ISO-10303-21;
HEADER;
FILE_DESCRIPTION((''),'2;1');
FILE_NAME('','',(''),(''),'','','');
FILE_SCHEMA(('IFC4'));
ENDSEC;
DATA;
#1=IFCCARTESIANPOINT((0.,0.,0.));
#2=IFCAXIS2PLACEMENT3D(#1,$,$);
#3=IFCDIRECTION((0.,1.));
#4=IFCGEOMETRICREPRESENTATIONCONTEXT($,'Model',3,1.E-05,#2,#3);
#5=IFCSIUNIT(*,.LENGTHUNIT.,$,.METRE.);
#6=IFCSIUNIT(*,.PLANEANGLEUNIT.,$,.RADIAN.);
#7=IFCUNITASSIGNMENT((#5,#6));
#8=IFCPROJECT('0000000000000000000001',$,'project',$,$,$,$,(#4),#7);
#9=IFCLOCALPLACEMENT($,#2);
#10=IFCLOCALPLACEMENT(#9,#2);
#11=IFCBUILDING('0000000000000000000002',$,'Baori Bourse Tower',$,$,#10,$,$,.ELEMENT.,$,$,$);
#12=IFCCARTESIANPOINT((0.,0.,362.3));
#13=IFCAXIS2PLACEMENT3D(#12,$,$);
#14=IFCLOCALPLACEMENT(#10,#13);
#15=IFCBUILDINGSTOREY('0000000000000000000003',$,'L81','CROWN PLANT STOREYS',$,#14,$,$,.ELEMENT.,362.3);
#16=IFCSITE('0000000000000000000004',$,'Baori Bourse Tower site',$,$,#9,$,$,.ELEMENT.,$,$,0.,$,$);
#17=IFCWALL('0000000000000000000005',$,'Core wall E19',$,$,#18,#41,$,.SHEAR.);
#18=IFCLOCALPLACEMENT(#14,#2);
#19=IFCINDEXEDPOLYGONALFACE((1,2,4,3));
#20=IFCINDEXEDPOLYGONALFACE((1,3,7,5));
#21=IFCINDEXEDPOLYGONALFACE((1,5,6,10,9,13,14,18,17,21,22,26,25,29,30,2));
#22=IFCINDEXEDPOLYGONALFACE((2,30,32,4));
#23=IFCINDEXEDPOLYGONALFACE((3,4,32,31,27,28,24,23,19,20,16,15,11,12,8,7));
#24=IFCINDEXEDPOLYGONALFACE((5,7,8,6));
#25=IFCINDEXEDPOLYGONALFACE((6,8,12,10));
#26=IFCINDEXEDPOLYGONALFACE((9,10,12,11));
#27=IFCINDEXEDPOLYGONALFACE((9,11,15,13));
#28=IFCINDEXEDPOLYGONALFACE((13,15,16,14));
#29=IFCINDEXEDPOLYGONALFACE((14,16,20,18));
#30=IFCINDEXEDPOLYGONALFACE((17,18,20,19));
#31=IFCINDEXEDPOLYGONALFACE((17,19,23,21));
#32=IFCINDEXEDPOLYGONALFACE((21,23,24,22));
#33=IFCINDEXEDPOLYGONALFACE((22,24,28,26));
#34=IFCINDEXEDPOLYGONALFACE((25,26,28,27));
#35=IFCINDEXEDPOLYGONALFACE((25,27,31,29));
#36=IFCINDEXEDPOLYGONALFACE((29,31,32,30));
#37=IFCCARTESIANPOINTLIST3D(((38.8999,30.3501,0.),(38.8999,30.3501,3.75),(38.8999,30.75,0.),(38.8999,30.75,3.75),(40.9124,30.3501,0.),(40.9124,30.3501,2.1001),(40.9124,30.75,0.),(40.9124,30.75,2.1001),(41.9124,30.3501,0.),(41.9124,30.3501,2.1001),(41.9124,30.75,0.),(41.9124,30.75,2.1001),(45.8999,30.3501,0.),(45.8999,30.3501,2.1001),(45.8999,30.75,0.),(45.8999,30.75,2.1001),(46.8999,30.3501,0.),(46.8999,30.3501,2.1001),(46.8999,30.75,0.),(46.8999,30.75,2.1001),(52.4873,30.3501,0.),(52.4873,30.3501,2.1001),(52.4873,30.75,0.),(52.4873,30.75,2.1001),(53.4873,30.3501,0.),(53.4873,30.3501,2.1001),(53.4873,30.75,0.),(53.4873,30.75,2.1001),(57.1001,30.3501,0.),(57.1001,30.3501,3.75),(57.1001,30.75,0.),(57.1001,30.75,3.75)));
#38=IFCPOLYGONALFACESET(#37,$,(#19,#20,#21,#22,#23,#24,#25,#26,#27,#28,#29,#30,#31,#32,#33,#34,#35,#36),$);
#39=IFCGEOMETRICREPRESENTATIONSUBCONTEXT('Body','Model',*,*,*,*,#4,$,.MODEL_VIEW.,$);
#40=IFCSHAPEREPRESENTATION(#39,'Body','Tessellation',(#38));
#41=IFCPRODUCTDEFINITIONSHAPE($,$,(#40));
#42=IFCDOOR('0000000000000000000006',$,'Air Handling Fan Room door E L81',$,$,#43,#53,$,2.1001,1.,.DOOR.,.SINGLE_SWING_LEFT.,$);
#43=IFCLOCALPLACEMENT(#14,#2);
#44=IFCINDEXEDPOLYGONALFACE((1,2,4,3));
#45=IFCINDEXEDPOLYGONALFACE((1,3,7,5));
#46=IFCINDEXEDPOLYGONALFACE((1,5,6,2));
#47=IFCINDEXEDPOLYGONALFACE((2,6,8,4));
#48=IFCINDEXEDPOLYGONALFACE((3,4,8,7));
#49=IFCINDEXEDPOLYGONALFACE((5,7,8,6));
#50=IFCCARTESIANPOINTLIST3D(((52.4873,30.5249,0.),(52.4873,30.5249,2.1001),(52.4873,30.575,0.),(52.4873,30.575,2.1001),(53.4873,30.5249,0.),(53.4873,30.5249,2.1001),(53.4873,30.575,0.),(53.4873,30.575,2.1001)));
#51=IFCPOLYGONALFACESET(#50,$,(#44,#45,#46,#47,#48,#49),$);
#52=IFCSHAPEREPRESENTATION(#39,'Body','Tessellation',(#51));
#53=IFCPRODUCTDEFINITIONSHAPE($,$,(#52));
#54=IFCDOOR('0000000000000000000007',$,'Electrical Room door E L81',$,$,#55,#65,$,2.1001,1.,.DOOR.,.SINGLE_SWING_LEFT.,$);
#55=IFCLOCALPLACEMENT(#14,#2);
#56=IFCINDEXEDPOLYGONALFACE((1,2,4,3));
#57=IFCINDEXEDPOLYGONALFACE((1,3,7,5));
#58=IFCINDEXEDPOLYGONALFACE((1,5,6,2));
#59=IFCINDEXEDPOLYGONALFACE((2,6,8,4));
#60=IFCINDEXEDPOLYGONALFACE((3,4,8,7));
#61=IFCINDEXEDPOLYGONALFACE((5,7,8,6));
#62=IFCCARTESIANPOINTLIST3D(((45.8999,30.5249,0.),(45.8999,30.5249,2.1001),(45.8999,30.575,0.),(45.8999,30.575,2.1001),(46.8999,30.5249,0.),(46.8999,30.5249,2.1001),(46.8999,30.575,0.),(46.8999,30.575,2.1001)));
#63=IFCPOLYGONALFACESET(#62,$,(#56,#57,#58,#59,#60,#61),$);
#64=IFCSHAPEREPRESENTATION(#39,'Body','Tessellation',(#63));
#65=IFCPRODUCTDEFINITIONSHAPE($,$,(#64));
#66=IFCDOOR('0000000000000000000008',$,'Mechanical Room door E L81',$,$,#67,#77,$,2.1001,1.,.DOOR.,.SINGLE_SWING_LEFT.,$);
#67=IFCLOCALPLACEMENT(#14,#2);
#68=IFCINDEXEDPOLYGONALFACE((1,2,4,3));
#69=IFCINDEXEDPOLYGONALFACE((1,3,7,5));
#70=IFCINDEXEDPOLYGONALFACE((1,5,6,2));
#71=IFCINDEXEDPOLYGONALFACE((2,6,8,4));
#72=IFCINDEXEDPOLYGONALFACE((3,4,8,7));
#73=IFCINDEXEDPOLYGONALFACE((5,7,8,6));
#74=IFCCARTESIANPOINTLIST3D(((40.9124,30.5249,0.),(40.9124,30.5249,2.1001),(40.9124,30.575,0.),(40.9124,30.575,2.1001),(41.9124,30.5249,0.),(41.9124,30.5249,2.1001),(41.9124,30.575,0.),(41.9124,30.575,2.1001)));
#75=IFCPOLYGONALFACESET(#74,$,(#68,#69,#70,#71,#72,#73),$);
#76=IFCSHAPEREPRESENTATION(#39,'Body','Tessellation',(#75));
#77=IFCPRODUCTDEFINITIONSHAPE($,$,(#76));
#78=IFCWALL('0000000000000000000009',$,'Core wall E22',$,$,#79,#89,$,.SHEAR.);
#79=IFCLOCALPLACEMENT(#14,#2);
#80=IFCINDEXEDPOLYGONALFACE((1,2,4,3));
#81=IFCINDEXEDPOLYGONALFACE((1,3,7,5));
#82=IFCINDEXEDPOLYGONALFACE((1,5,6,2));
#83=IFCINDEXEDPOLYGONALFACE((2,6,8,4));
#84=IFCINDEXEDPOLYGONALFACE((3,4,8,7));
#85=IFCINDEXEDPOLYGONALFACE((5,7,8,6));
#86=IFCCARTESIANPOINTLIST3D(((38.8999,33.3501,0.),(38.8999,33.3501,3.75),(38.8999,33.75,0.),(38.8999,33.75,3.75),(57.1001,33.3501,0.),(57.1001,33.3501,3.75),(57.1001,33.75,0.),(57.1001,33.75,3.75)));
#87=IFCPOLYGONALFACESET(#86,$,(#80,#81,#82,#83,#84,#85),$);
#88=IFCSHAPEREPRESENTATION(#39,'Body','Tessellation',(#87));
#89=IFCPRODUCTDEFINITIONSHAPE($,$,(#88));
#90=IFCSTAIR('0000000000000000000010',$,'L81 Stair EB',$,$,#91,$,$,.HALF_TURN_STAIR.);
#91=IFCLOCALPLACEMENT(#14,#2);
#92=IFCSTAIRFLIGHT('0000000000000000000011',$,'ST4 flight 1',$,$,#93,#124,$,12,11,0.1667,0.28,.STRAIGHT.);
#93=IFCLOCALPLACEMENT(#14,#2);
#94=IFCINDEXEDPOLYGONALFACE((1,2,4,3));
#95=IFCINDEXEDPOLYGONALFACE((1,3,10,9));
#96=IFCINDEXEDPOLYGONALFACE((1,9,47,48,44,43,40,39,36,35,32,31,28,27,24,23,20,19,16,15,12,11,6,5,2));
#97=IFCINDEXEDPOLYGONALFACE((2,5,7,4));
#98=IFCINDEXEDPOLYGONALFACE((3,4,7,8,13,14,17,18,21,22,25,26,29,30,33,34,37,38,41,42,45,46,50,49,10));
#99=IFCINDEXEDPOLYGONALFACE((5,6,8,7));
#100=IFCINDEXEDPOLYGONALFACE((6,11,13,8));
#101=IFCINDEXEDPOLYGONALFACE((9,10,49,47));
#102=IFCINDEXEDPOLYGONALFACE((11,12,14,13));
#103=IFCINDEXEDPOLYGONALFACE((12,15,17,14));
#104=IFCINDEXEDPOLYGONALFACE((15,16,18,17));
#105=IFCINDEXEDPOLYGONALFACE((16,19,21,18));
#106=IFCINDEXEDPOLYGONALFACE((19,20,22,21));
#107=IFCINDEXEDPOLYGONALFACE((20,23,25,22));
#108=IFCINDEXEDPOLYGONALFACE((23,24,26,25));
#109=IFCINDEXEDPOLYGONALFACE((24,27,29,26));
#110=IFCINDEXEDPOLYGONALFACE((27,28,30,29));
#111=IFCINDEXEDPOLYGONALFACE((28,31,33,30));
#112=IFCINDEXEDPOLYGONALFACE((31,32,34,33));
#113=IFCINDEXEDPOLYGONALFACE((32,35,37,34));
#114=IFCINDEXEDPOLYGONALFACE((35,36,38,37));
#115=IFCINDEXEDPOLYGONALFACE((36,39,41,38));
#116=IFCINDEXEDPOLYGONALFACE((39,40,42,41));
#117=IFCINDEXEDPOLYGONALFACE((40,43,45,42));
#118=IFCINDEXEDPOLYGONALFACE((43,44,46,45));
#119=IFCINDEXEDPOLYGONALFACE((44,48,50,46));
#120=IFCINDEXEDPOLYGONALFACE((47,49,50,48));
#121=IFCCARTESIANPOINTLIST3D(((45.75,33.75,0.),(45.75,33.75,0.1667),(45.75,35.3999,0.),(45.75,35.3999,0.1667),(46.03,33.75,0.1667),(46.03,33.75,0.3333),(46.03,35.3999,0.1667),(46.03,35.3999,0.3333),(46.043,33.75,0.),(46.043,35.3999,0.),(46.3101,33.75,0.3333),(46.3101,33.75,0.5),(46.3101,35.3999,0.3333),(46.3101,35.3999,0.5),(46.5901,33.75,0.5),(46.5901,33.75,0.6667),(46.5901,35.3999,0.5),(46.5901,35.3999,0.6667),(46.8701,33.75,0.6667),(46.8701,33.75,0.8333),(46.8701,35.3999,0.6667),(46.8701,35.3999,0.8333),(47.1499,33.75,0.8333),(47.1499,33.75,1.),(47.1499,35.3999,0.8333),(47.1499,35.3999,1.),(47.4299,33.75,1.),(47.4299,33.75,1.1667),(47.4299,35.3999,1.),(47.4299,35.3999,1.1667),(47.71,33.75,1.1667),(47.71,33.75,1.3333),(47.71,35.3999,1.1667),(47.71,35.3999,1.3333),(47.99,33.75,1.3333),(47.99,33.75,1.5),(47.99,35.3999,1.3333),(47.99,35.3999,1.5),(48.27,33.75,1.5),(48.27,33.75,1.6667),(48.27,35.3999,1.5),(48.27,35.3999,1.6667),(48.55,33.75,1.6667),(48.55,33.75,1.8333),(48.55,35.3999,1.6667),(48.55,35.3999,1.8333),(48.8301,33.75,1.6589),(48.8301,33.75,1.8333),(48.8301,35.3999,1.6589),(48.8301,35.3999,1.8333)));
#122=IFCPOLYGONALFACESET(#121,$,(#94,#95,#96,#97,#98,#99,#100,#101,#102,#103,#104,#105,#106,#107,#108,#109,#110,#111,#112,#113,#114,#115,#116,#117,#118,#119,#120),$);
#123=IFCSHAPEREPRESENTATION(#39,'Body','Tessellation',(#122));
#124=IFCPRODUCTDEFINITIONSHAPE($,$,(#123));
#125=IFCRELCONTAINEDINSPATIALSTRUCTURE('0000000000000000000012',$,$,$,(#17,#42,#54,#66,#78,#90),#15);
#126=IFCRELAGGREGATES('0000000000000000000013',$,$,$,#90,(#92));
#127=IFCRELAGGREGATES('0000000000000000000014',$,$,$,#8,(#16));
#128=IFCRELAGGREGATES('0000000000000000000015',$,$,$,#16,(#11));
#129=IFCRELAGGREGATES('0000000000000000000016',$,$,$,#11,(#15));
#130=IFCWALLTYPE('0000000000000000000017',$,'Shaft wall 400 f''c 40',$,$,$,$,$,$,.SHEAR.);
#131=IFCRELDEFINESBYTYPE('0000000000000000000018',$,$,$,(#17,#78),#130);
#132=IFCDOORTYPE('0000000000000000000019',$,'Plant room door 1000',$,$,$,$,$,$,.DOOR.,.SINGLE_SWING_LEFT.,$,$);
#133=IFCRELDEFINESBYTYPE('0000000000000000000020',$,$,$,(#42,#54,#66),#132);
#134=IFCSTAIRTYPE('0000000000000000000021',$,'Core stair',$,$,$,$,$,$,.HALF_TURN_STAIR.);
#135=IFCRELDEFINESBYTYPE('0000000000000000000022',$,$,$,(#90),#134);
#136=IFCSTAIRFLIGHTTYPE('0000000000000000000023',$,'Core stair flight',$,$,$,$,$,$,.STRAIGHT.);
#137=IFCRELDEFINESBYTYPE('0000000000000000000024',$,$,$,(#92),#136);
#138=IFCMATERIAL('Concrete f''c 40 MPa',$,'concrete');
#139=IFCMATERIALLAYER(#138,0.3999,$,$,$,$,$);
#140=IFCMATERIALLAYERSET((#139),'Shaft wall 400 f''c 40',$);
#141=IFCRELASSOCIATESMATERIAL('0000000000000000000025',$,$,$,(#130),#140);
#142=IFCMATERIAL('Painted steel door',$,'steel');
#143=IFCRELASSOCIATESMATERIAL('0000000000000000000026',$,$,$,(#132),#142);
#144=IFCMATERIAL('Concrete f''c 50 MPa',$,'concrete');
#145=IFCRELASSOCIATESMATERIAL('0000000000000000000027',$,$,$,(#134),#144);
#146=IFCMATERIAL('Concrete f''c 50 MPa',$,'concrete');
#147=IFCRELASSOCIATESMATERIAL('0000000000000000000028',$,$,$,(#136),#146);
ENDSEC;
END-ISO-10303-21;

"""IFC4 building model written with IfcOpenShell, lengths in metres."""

from ifc_helpers import new_model, si_unit, direction, frame, frame_2d, origin, place, context, subcontext, project, spatial, polyline, rectangle, outline, extrude, material, layer, layer_set, type_object, element, fill, aggregate, save


model = new_model("IFC4")

# Units and contexts
model_context = context("Model", 3, precision=1e-05, world=origin(), true_north=direction((0.0, 1.0)))
body_context = subcontext(model_context, "Body", "Model", "MODEL_VIEW")
ifc_project = project(units=[si_unit("LENGTHUNIT", "METRE"), si_unit("PLANEANGLEUNIT", "RADIAN")], contexts=[model_context])

# Site, building, storey
site_placement = place(None, origin())
site = spatial("IfcSite", under=ifc_project, at=site_placement, Name="Baori Bourse Tower site", CompositionType="ELEMENT", RefElevation=0.0)
building_placement = place(site_placement, origin())
building = spatial("IfcBuilding", under=site, at=building_placement, Name="Baori Bourse Tower", CompositionType="ELEMENT")
storey_placement = place(building_placement, frame((0.0, 0.0, 362.3)))
storey = spatial("IfcBuildingStorey", under=building, at=storey_placement, Name="L81", Description="CROWN PLANT STOREYS", CompositionType="ELEMENT", Elevation=362.3)

# Wall, openings, doors
ifc_material_1 = material(Name="Concrete f'c 40 MPa", Category="concrete")
ifc_layer_1 = layer(ifc_material_1, 0.3999)
ifc_layer_set_1 = layer_set([ifc_layer_1], Name="Shaft wall 400 f'c 40")
wall_type_1 = type_object("IfcWallType", Name="Shaft wall 400 f'c 40", PredefinedType="SHEAR", material=ifc_layer_set_1)
ifc_material_2 = material(Name="Painted steel door", Category="steel")
door_type_1 = type_object("IfcDoorType", Name="Plant room door 1000", OperationType="SINGLE_SWING_LEFT", PredefinedType="DOOR", material=ifc_material_2)
wall_1_placement = place(storey_placement, frame((38.8999, 30.55, 0.0), z_axis=(0.0, 0.0, 1.0), x_axis=(1.0, 0.0, 0.0)))
wall_1 = element("IfcWall", 1, at=wall_1_placement, inside=storey, type_object=wall_type_1, Name="Core wall E19", PredefinedType="SHEAR", context=body_context, shape_type="SweptSolid", body=[
    extrude(rectangle(XDim=18.2002, YDim=0.3999, at=frame_2d((9.1001, 0.0))), origin(), (0.0, 0.0, 1.0), 3.75),
])
opening_1_placement = place(wall_1_placement, frame((13.5874, 0.0, 0.0)))
opening_1 = element("IfcOpeningElement", 2, at=opening_1_placement, cuts=wall_1, PredefinedType="OPENING", context=body_context, shape_type="SweptSolid", body=[
    extrude(rectangle(XDim=1.0, YDim=2.1001, at=frame_2d((0.5, 1.05))), frame((0.0, 0.21, 0.0), z_axis=(0.0, -1.0, 0.0), x_axis=(1.0, 0.0, 0.0)), (0.0, 0.0, 1.0), 0.4199),
])
opening_2_placement = place(wall_1_placement, frame((7.0, 0.0, 0.0)))
opening_2 = element("IfcOpeningElement", 3, at=opening_2_placement, cuts=wall_1, PredefinedType="OPENING", context=body_context, shape_type="SweptSolid", body=[
    extrude(rectangle(XDim=1.0, YDim=2.1001, at=frame_2d((0.5, 1.05))), frame((0.0, 0.21, 0.0), z_axis=(0.0, -1.0, 0.0), x_axis=(1.0, 0.0, 0.0)), (0.0, 0.0, 1.0), 0.4199),
])
opening_3_placement = place(wall_1_placement, frame((2.0125, 0.0, 0.0)))
opening_3 = element("IfcOpeningElement", 4, at=opening_3_placement, cuts=wall_1, PredefinedType="OPENING", context=body_context, shape_type="SweptSolid", body=[
    extrude(rectangle(XDim=1.0, YDim=2.1001, at=frame_2d((0.5, 1.05))), frame((0.0, 0.21, 0.0), z_axis=(0.0, -1.0, 0.0), x_axis=(1.0, 0.0, 0.0)), (0.0, 0.0, 1.0), 0.4199),
])
door_1_placement = place(opening_1_placement, origin())
door_1 = element("IfcDoor", 5, at=door_1_placement, inside=storey, type_object=door_type_1, Name="Air Handling Fan Room door E L81", OperationType="SINGLE_SWING_LEFT", OverallHeight=2.1001, OverallWidth=1.0, PredefinedType="DOOR", context=body_context, shape_type="SweptSolid", body=[
    extrude(rectangle(XDim=1.0, YDim=2.1001, at=frame_2d((0.5, 1.05))), frame((0.0, 0.0249, 0.0), z_axis=(0.0, -1.0, 0.0), x_axis=(1.0, 0.0, 0.0)), (0.0, 0.0, 1.0), 0.05),
])
fill(opening_1, door_1)
door_2_placement = place(opening_2_placement, origin())
door_2 = element("IfcDoor", 6, at=door_2_placement, inside=storey, type_object=door_type_1, Name="Electrical Room door E L81", OperationType="SINGLE_SWING_LEFT", OverallHeight=2.1001, OverallWidth=1.0, PredefinedType="DOOR", context=body_context, shape_type="SweptSolid", body=[
    extrude(rectangle(XDim=1.0, YDim=2.1001, at=frame_2d((0.5, 1.05))), frame((0.0, 0.0249, 0.0), z_axis=(0.0, -1.0, 0.0), x_axis=(1.0, 0.0, 0.0)), (0.0, 0.0, 1.0), 0.05),
])
fill(opening_2, door_2)
door_3_placement = place(opening_3_placement, origin())
door_3 = element("IfcDoor", 7, at=door_3_placement, inside=storey, type_object=door_type_1, Name="Mechanical Room door E L81", OperationType="SINGLE_SWING_LEFT", OverallHeight=2.1001, OverallWidth=1.0, PredefinedType="DOOR", context=body_context, shape_type="SweptSolid", body=[
    extrude(rectangle(XDim=1.0, YDim=2.1001, at=frame_2d((0.5, 1.05))), frame((0.0, 0.0249, 0.0), z_axis=(0.0, -1.0, 0.0), x_axis=(1.0, 0.0, 0.0)), (0.0, 0.0, 1.0), 0.05),
])
fill(opening_3, door_3)

# Wall
wall_2_placement = place(storey_placement, frame((38.8999, 33.55, 0.0), z_axis=(0.0, 0.0, 1.0), x_axis=(1.0, 0.0, 0.0)))
element("IfcWall", 8, at=wall_2_placement, inside=storey, type_object=wall_type_1, Name="Core wall E22", PredefinedType="SHEAR", context=body_context, shape_type="SweptSolid", body=[
    extrude(rectangle(XDim=18.2002, YDim=0.3999, at=frame_2d((9.1001, 0.0))), origin(), (0.0, 0.0, 1.0), 3.75),
])

# Stair, stair flight
ifc_material_3 = material(Name="Concrete f'c 50 MPa", Category="concrete")
stair_type = type_object("IfcStairType", Name="Core stair", PredefinedType="HALF_TURN_STAIR", material=ifc_material_3)
stair_placement = place(storey_placement, origin())
stair = element("IfcStair", 9, at=stair_placement, inside=storey, type_object=stair_type, Name="L81 Stair EB", PredefinedType="HALF_TURN_STAIR")
ifc_material_4 = material(Name="Concrete f'c 50 MPa", Category="concrete")
stair_flight_type = type_object("IfcStairFlightType", Name="Core stair flight", PredefinedType="STRAIGHT", material=ifc_material_4)
stair_flight_placement = place(storey_placement, frame((45.75, 34.575, 0.0), z_axis=(0.0, 0.0, 1.0), x_axis=(1.0, 0.0, 0.0)))
stair_flight = element("IfcStairFlight", 10, at=stair_flight_placement, type_object=stair_flight_type, Name="ST4 flight 1", NumberOfRisers=12, NumberOfTreads=11, PredefinedType="STRAIGHT", RiserHeight=0.1667, TreadLength=0.28, context=body_context, shape_type="SweptSolid", body=[
    extrude(outline(polyline([(0.0, 0.0), (0.0, 0.1667), (0.28, 0.1667), (0.28, 0.3333), (0.5601, 0.3333), (0.5601, 0.5), (0.8401, 0.5), (0.8401, 0.6667), (1.1201, 0.6667), (1.1201, 0.8333), (1.3999, 0.8333), (1.3999, 1.0), (1.6799, 1.0), (1.6799, 1.1667), (1.96, 1.1667), (1.96, 1.3333), (2.24, 1.3333), (2.24, 1.5), (2.52, 1.5), (2.52, 1.6667), (2.8, 1.6667), (2.8, 1.8333), (3.0801, 1.8333), (3.0801, 2.0), (3.0801, 1.6589), (0.293, 0.0), (0.0, 0.0)])), frame((0.0, 0.825, 0.0), z_axis=(0.0, -1.0, 0.0), x_axis=(1.0, 0.0, 0.0)), (0.0, 0.0, 1.0), 1.6499),
])
aggregate(stair, [stair_flight])

save(model, "model.ifc")
